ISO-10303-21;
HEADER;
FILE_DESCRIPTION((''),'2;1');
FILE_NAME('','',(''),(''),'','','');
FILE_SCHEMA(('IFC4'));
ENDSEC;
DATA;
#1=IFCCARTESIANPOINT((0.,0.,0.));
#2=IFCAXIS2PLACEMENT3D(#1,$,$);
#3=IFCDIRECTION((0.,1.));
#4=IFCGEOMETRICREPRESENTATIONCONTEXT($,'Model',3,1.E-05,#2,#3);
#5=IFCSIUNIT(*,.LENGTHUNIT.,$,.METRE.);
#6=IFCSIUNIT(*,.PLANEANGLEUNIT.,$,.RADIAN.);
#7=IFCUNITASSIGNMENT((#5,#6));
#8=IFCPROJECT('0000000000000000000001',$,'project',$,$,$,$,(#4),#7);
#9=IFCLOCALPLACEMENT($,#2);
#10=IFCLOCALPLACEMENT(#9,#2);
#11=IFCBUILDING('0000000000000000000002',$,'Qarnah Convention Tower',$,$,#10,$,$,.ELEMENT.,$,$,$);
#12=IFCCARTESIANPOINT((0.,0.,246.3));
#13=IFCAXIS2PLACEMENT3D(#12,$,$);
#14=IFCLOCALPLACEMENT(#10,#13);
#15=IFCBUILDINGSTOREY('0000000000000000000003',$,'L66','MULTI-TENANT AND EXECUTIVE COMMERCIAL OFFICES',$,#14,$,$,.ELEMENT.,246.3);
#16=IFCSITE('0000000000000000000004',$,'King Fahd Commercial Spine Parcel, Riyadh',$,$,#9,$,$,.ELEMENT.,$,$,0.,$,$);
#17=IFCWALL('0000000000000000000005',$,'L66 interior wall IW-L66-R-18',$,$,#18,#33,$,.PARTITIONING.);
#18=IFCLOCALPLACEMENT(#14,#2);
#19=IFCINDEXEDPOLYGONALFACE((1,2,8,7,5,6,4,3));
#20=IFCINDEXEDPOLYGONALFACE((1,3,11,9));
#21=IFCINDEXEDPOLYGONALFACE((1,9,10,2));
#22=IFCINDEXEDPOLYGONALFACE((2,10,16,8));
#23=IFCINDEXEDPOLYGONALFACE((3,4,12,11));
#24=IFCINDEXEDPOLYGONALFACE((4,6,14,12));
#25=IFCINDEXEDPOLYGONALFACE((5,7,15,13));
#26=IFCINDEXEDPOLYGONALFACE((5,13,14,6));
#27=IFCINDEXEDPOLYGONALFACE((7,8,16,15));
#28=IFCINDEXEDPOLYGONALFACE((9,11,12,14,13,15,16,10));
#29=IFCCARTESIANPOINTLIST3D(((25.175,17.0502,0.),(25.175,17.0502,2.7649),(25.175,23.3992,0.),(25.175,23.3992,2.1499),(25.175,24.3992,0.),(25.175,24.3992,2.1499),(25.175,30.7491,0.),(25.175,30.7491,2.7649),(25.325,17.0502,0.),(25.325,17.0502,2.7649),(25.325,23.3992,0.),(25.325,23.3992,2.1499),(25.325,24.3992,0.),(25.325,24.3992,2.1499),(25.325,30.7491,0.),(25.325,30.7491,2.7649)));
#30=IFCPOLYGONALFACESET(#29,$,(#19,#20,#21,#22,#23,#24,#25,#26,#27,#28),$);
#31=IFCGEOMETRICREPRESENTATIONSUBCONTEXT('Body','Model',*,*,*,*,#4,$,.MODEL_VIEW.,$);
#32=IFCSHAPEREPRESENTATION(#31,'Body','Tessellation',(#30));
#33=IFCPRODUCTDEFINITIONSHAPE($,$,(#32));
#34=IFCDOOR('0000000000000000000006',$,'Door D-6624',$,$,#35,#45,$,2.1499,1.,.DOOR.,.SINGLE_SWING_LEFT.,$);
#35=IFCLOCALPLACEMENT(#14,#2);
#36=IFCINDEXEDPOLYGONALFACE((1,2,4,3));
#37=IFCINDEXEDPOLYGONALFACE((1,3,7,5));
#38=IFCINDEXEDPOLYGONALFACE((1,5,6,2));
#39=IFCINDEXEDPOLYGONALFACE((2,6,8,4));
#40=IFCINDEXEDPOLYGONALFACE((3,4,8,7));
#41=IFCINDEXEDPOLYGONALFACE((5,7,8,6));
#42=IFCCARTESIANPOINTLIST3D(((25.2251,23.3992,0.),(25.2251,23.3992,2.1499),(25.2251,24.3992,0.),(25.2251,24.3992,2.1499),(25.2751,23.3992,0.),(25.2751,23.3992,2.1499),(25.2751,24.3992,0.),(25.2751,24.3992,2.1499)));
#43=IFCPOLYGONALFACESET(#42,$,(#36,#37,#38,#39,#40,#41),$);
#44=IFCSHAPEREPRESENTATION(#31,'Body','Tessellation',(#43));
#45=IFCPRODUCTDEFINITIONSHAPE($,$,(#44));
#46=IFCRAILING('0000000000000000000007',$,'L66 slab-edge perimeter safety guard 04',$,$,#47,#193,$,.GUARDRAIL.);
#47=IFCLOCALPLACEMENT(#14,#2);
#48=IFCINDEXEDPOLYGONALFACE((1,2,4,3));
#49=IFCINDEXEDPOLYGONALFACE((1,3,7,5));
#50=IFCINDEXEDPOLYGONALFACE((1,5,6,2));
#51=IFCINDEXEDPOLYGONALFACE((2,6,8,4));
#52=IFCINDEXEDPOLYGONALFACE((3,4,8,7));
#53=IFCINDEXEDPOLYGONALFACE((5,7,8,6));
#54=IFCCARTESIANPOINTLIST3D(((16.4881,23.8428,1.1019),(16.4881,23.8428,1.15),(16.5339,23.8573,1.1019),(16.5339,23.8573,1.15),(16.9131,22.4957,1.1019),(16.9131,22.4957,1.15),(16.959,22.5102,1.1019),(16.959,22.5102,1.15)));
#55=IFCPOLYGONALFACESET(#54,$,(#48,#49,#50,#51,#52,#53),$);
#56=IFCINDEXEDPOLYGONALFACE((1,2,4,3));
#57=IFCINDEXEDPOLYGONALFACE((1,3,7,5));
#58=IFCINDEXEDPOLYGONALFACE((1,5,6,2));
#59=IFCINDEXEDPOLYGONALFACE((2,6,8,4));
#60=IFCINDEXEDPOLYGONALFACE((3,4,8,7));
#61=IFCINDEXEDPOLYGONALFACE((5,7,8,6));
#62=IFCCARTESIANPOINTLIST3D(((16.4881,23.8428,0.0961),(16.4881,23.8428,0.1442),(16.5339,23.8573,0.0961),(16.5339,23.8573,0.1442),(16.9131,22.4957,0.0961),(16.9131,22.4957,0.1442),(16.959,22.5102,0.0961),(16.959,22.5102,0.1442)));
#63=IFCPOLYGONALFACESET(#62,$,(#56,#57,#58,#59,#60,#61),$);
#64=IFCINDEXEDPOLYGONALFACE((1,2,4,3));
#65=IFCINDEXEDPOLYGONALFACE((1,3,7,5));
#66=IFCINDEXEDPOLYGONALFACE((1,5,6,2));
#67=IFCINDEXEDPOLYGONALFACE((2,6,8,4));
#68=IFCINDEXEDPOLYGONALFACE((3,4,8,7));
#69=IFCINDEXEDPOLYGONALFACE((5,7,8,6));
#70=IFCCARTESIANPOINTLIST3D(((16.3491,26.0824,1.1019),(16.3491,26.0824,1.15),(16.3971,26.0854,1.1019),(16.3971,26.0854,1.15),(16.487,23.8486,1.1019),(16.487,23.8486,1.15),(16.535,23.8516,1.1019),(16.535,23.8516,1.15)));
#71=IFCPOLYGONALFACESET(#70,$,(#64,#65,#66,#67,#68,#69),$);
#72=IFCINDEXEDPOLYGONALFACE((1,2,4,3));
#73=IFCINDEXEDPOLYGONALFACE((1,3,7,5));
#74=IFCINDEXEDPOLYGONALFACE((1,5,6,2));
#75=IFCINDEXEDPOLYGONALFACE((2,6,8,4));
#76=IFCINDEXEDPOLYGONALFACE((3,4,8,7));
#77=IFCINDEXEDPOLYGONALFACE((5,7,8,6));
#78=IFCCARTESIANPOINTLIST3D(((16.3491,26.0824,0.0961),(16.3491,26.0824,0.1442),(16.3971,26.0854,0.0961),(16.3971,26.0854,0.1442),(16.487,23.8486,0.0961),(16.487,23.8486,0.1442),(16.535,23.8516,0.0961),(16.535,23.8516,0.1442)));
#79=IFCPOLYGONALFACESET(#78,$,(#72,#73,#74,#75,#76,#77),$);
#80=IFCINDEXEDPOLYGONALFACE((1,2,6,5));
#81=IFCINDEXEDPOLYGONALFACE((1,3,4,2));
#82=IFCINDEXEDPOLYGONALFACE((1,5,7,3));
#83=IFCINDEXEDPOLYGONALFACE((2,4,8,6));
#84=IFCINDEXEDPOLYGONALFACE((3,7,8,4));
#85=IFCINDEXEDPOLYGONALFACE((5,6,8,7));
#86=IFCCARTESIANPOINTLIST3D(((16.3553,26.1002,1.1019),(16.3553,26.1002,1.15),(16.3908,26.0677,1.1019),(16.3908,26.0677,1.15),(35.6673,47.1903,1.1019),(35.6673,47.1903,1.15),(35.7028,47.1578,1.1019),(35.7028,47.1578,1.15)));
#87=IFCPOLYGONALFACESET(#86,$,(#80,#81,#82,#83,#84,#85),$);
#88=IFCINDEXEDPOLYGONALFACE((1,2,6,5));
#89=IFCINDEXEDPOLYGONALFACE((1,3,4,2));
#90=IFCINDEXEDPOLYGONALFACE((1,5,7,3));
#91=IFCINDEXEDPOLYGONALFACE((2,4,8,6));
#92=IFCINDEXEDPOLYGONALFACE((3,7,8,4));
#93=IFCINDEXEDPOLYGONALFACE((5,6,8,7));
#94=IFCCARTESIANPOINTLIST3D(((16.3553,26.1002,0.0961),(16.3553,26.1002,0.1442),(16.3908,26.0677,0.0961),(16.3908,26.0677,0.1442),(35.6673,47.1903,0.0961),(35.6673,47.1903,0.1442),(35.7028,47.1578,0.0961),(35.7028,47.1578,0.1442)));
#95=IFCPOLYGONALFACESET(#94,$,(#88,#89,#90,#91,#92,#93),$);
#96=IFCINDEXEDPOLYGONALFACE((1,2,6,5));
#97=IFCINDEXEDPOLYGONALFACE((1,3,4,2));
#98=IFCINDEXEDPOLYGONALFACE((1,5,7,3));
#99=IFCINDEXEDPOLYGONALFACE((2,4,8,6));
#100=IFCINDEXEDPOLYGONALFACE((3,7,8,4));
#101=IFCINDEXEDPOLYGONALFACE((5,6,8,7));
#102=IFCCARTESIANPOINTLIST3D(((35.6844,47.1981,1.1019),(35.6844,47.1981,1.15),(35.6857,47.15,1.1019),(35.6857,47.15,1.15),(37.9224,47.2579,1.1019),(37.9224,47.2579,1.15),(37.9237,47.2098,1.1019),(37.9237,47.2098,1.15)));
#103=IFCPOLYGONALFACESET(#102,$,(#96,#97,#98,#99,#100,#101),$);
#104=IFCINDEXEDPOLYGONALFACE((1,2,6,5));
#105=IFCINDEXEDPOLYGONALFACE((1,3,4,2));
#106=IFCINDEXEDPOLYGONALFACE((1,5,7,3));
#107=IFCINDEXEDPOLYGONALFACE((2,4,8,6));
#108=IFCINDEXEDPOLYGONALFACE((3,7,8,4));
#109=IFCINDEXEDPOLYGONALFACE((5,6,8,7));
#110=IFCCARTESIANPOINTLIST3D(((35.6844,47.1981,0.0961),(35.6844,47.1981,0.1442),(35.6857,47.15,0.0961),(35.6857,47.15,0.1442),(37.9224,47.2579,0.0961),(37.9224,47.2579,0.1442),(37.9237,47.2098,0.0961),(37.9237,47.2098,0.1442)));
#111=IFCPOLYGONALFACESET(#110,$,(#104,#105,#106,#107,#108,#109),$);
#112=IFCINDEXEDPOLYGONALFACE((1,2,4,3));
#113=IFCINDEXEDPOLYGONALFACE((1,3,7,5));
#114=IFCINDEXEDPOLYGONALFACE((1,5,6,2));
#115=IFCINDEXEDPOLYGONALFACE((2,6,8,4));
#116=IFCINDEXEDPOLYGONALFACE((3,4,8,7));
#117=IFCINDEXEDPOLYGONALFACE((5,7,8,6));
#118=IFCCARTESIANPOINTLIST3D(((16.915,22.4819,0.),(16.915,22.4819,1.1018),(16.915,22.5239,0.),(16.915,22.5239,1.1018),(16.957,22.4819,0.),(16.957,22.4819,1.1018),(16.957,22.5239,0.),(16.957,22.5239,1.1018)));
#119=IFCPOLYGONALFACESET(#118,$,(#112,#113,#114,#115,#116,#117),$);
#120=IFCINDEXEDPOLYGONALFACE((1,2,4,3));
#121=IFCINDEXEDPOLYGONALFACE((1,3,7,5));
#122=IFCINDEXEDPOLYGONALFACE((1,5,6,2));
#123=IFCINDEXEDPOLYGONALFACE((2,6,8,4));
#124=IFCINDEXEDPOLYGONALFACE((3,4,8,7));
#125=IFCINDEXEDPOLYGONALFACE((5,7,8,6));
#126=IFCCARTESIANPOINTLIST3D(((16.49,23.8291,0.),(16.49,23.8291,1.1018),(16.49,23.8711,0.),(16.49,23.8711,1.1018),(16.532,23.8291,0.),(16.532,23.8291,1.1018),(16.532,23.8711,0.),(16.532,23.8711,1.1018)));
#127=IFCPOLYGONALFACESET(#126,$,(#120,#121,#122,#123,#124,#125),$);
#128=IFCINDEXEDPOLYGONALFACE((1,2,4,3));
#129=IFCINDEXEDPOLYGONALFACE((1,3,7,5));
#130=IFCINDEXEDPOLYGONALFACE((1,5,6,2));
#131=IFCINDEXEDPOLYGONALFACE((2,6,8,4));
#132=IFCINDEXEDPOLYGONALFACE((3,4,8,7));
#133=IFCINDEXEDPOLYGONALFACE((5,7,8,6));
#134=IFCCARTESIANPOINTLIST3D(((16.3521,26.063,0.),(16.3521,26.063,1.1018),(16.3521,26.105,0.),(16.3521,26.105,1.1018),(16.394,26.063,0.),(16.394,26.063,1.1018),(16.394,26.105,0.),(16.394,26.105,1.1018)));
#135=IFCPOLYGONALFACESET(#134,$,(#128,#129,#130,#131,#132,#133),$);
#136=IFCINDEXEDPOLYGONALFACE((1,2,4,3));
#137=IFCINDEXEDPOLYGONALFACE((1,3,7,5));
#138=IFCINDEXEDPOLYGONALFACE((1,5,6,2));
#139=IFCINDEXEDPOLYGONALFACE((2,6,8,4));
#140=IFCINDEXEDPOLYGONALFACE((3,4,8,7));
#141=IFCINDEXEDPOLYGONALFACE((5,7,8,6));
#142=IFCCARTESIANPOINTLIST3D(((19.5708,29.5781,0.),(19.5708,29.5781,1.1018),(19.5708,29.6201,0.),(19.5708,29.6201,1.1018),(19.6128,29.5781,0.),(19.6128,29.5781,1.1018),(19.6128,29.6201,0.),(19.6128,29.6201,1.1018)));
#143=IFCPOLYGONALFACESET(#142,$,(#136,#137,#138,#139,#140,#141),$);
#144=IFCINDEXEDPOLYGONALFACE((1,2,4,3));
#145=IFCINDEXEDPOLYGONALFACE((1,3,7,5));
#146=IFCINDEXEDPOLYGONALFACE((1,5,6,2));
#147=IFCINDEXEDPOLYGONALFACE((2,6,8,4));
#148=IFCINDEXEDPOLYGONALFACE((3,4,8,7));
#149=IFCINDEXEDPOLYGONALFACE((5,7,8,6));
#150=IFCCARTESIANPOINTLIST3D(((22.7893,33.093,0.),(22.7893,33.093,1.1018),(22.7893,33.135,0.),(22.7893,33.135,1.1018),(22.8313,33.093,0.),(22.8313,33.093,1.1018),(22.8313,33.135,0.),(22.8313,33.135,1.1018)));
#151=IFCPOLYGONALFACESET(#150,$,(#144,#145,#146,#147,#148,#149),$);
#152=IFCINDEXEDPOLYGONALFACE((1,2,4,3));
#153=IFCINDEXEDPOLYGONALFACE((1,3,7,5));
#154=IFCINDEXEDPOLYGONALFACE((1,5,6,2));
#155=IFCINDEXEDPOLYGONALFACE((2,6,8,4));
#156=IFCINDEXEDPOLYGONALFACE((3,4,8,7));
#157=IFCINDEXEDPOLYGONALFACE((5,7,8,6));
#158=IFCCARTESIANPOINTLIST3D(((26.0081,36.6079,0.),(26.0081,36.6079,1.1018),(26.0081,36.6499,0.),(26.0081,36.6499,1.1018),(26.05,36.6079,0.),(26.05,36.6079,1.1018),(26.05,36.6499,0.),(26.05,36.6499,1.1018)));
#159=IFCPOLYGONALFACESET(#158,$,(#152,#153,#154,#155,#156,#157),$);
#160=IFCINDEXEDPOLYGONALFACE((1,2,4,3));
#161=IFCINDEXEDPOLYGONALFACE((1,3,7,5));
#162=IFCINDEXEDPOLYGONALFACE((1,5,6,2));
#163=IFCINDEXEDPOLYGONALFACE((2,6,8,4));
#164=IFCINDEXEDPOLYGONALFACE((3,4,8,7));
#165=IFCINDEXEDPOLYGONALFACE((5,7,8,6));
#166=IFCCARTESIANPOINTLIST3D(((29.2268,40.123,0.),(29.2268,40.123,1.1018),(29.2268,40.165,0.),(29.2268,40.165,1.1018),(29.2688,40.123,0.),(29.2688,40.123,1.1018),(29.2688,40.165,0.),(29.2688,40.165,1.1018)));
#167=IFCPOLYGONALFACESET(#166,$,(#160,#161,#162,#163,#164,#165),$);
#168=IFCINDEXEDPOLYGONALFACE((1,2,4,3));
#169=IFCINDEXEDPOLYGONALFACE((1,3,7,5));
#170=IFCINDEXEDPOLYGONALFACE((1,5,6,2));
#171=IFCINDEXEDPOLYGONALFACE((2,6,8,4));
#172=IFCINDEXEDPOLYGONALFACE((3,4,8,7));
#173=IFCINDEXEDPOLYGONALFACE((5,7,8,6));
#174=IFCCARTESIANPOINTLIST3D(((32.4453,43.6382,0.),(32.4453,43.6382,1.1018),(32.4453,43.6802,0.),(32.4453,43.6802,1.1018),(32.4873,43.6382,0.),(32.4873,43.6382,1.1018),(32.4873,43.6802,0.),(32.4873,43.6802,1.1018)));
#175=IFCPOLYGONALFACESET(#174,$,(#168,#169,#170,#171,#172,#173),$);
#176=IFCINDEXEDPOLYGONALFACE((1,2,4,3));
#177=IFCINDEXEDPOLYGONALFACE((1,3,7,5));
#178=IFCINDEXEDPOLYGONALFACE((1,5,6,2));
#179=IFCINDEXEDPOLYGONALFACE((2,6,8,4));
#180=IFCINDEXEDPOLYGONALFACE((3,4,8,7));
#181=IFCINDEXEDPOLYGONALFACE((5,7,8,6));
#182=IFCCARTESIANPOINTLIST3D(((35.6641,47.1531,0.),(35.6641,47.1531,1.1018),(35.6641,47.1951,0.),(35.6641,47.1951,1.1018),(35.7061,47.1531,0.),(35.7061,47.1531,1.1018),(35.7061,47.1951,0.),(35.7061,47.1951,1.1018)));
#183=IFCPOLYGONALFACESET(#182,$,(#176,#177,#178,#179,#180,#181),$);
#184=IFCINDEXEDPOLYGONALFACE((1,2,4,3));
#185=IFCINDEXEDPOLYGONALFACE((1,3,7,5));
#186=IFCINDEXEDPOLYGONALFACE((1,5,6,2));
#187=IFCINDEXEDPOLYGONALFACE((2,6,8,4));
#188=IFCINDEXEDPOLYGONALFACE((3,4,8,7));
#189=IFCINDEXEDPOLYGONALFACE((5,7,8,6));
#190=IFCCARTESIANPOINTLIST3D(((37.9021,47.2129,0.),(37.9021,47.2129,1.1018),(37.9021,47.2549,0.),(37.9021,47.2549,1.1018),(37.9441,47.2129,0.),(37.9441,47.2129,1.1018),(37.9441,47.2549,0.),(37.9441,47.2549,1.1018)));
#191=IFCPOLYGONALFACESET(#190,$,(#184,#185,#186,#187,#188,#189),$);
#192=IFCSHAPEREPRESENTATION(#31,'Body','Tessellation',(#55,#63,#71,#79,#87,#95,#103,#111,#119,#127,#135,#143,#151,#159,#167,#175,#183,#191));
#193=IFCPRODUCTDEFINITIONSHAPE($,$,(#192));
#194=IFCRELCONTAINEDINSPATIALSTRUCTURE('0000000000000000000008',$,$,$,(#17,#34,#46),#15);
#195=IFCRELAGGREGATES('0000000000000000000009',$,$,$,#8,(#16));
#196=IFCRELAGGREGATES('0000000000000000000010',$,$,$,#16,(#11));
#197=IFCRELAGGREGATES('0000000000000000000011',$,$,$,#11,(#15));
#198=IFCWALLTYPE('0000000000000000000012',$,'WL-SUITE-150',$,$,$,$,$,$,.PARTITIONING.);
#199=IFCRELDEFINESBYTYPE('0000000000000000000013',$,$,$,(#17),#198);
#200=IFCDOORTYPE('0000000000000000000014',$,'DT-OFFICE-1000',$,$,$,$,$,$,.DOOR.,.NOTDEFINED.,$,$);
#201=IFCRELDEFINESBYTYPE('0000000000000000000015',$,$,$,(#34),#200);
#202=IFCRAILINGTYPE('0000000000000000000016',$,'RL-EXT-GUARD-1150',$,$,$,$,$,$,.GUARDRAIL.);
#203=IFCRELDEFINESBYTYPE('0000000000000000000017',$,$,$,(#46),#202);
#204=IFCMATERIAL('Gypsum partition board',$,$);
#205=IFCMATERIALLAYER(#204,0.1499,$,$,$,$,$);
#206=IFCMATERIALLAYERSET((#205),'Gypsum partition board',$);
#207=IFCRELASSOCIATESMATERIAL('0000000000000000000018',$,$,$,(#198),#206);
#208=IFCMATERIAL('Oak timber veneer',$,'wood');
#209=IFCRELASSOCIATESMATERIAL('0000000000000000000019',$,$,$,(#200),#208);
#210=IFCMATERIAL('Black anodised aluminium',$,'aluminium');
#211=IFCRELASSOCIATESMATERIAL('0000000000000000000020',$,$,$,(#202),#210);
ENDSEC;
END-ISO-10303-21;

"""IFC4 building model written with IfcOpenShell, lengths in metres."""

from ifc_helpers import new_model, si_unit, direction, frame, frame_2d, origin, origin_2d, place, context, subcontext, project, spatial, rectangle, extrude, material, layer, layer_set, type_object, element, fill, save


model = new_model("IFC4")

# Units and contexts
model_context = context("Model", 3, precision=1e-05, world=origin(), true_north=direction((0.0, 1.0)))
body_context = subcontext(model_context, "Body", "Model", "MODEL_VIEW")
ifc_project = project(units=[si_unit("LENGTHUNIT", "METRE"), si_unit("PLANEANGLEUNIT", "RADIAN")], contexts=[model_context])

# Site, building, storey
site_placement = place(None, origin())
site = spatial("IfcSite", under=ifc_project, at=site_placement, Name="King Fahd Commercial Spine Parcel, Riyadh", CompositionType="ELEMENT", RefElevation=0.0)
building_placement = place(site_placement, origin())
building = spatial("IfcBuilding", under=site, at=building_placement, Name="Qarnah Convention Tower", CompositionType="ELEMENT")
storey_placement = place(building_placement, frame((0.0, 0.0, 246.3)))
storey = spatial("IfcBuildingStorey", under=building, at=storey_placement, Name="L66", Description="MULTI-TENANT AND EXECUTIVE COMMERCIAL OFFICES", CompositionType="ELEMENT", Elevation=246.3)

# Shared definitions
ifc_material_1 = material(Name="Black anodised aluminium", Category="aluminium")

# Shared definitions
ifc_material_2 = material(Name="Gypsum partition board")
ifc_layer_1 = layer(ifc_material_2, 0.1499)
ifc_layer_set_1 = layer_set([ifc_layer_1], Name="Gypsum partition board")
wall_type_1 = type_object("IfcWallType", Name="WL-SUITE-150", PredefinedType="PARTITIONING", material=ifc_layer_set_1)

# Wall, opening, door
wall_1_placement = place(storey_placement, frame((25.25, 17.05, 0.0), z_axis=(0.0, 0.0, 1.0), x_axis=(0.0, 1.0, 0.0)))
wall_1 = element("IfcWall", 1, at=wall_1_placement, inside=storey, type_object=wall_type_1, Name="L66 interior wall IW-L66-R-18", PredefinedType="PARTITIONING", context=body_context, shape_type="SweptSolid", body=[
    extrude(rectangle(XDim=13.699, YDim=0.1499, at=frame_2d((6.8496, 0.0))), origin(), (0.0, 0.0, 1.0), 2.7649),
])
opening_1_placement = place(wall_1_placement, frame((6.3491, 0.0, 0.0)))
opening_1 = element("IfcOpeningElement", 2, at=opening_1_placement, cuts=wall_1, PredefinedType="OPENING", context=body_context, shape_type="SweptSolid", body=[
    extrude(rectangle(XDim=1.0, YDim=2.1499, at=frame_2d((0.5, 1.075))), frame((0.0, 0.085, 0.0), z_axis=(0.0, -1.0, 0.0), x_axis=(1.0, 0.0, 0.0)), (0.0, 0.0, 1.0), 0.1699),
])
ifc_material_3 = material(Name="Oak timber veneer", Category="wood")
door_type_1 = type_object("IfcDoorType", Name="DT-OFFICE-1000", OperationType="NOTDEFINED", PredefinedType="DOOR", material=ifc_material_3)
door_1_placement = place(opening_1_placement, origin())
door_1 = element("IfcDoor", 3, at=door_1_placement, inside=storey, type_object=door_type_1, Name="Door D-6624", OperationType="SINGLE_SWING_LEFT", OverallHeight=2.1499, OverallWidth=1.0, PredefinedType="DOOR", context=body_context, shape_type="SweptSolid", body=[
    extrude(rectangle(XDim=1.0, YDim=2.1499, at=frame_2d((0.5, 1.075))), frame((0.0, 0.0249, 0.0), z_axis=(0.0, -1.0, 0.0), x_axis=(1.0, 0.0, 0.0)), (0.0, 0.0, 1.0), 0.05),
])
fill(opening_1, door_1)

# Railing
railing_type = type_object("IfcRailingType", Name="RL-EXT-GUARD-1150", PredefinedType="GUARDRAIL", material=ifc_material_1)
railing_1_placement = place(storey_placement, frame((16.936, 22.5029, 0.0)))
element("IfcRailing", 4, at=railing_1_placement, inside=storey, type_object=railing_type, Name="L66 slab-edge perimeter safety guard 04", PredefinedType="GUARDRAIL", context=body_context, shape_type="SweptSolid", body=[
    extrude(rectangle(XDim=0.0481, YDim=0.0481, at=origin_2d()), frame((0.0, 0.0, 1.126), z_axis=(-0.300891, 0.953658, 0.0), x_axis=(-0.953658, -0.300891, 0.0)), (0.0, 0.0, 1.0), 1.4126),
    extrude(rectangle(XDim=0.0481, YDim=0.0481, at=origin_2d()), frame((0.0, 0.0, 0.1201), z_axis=(-0.300891, 0.953658, 0.0), x_axis=(-0.953658, -0.300891, 0.0)), (0.0, 0.0, 1.0), 1.4126),
    extrude(rectangle(XDim=0.0481, YDim=0.0481, at=origin_2d()), frame((-0.425, 1.3472, 1.126), z_axis=(-0.061631, 0.998099, 0.0), x_axis=(-0.998099, -0.061631, 0.0)), (0.0, 0.0, 1.0), 2.238),
    extrude(rectangle(XDim=0.0481, YDim=0.0481, at=origin_2d()), frame((-0.425, 1.3472, 0.1201), z_axis=(-0.061631, 0.998099, 0.0), x_axis=(-0.998099, -0.061631, 0.0)), (0.0, 0.0, 1.0), 2.238),
    extrude(rectangle(XDim=0.0481, YDim=0.0481, at=origin_2d()), frame((-0.563, 3.5811, 1.126), z_axis=(0.675334, 0.737512, 0.0), x_axis=(-0.737512, 0.675334, 0.0)), (0.0, 0.0, 1.0), 28.5962),
    extrude(rectangle(XDim=0.0481, YDim=0.0481, at=origin_2d()), frame((-0.563, 3.5811, 0.1201), z_axis=(0.675334, 0.737512, 0.0), x_axis=(-0.737512, 0.675334, 0.0)), (0.0, 0.0, 1.0), 28.5962),
    extrude(rectangle(XDim=0.0481, YDim=0.0481, at=origin_2d()), frame((18.749, 24.6711, 1.126), z_axis=(0.999643, 0.026717, 0.0), x_axis=(-0.026717, 0.999643, 0.0)), (0.0, 0.0, 1.0), 2.2388),
    extrude(rectangle(XDim=0.0481, YDim=0.0481, at=origin_2d()), frame((18.749, 24.6711, 0.1201), z_axis=(0.999643, 0.026717, 0.0), x_axis=(-0.026717, 0.999643, 0.0)), (0.0, 0.0, 1.0), 2.2388),
    extrude(rectangle(XDim=0.042, YDim=0.042, at=origin_2d()), origin(), (0.0, 0.0, 1.0), 1.1018),
    extrude(rectangle(XDim=0.042, YDim=0.042, at=origin_2d()), frame((-0.425, 1.3472, 0.0)), (0.0, 0.0, 1.0), 1.1018),
    extrude(rectangle(XDim=0.042, YDim=0.042, at=origin_2d()), frame((-0.563, 3.5811, 0.0)), (0.0, 0.0, 1.0), 1.1018),
    extrude(rectangle(XDim=0.042, YDim=0.042, at=origin_2d()), frame((2.6558, 7.0962, 0.0)), (0.0, 0.0, 1.0), 1.1018),
    extrude(rectangle(XDim=0.042, YDim=0.042, at=origin_2d()), frame((5.8743, 10.6111, 0.0)), (0.0, 0.0, 1.0), 1.1018),
    extrude(rectangle(XDim=0.042, YDim=0.042, at=origin_2d()), frame((9.093, 14.126, 0.0)), (0.0, 0.0, 1.0), 1.1018),
    extrude(rectangle(XDim=0.042, YDim=0.042, at=origin_2d()), frame((12.3118, 17.6411, 0.0)), (0.0, 0.0, 1.0), 1.1018),
    extrude(rectangle(XDim=0.042, YDim=0.042, at=origin_2d()), frame((15.5303, 21.1562, 0.0)), (0.0, 0.0, 1.0), 1.1018),
    extrude(rectangle(XDim=0.042, YDim=0.042, at=origin_2d()), frame((18.749, 24.6711, 0.0)), (0.0, 0.0, 1.0), 1.1018),
    extrude(rectangle(XDim=0.042, YDim=0.042, at=origin_2d()), frame((20.9871, 24.731, 0.0)), (0.0, 0.0, 1.0), 1.1018),
])

save(model, "model.ifc")
